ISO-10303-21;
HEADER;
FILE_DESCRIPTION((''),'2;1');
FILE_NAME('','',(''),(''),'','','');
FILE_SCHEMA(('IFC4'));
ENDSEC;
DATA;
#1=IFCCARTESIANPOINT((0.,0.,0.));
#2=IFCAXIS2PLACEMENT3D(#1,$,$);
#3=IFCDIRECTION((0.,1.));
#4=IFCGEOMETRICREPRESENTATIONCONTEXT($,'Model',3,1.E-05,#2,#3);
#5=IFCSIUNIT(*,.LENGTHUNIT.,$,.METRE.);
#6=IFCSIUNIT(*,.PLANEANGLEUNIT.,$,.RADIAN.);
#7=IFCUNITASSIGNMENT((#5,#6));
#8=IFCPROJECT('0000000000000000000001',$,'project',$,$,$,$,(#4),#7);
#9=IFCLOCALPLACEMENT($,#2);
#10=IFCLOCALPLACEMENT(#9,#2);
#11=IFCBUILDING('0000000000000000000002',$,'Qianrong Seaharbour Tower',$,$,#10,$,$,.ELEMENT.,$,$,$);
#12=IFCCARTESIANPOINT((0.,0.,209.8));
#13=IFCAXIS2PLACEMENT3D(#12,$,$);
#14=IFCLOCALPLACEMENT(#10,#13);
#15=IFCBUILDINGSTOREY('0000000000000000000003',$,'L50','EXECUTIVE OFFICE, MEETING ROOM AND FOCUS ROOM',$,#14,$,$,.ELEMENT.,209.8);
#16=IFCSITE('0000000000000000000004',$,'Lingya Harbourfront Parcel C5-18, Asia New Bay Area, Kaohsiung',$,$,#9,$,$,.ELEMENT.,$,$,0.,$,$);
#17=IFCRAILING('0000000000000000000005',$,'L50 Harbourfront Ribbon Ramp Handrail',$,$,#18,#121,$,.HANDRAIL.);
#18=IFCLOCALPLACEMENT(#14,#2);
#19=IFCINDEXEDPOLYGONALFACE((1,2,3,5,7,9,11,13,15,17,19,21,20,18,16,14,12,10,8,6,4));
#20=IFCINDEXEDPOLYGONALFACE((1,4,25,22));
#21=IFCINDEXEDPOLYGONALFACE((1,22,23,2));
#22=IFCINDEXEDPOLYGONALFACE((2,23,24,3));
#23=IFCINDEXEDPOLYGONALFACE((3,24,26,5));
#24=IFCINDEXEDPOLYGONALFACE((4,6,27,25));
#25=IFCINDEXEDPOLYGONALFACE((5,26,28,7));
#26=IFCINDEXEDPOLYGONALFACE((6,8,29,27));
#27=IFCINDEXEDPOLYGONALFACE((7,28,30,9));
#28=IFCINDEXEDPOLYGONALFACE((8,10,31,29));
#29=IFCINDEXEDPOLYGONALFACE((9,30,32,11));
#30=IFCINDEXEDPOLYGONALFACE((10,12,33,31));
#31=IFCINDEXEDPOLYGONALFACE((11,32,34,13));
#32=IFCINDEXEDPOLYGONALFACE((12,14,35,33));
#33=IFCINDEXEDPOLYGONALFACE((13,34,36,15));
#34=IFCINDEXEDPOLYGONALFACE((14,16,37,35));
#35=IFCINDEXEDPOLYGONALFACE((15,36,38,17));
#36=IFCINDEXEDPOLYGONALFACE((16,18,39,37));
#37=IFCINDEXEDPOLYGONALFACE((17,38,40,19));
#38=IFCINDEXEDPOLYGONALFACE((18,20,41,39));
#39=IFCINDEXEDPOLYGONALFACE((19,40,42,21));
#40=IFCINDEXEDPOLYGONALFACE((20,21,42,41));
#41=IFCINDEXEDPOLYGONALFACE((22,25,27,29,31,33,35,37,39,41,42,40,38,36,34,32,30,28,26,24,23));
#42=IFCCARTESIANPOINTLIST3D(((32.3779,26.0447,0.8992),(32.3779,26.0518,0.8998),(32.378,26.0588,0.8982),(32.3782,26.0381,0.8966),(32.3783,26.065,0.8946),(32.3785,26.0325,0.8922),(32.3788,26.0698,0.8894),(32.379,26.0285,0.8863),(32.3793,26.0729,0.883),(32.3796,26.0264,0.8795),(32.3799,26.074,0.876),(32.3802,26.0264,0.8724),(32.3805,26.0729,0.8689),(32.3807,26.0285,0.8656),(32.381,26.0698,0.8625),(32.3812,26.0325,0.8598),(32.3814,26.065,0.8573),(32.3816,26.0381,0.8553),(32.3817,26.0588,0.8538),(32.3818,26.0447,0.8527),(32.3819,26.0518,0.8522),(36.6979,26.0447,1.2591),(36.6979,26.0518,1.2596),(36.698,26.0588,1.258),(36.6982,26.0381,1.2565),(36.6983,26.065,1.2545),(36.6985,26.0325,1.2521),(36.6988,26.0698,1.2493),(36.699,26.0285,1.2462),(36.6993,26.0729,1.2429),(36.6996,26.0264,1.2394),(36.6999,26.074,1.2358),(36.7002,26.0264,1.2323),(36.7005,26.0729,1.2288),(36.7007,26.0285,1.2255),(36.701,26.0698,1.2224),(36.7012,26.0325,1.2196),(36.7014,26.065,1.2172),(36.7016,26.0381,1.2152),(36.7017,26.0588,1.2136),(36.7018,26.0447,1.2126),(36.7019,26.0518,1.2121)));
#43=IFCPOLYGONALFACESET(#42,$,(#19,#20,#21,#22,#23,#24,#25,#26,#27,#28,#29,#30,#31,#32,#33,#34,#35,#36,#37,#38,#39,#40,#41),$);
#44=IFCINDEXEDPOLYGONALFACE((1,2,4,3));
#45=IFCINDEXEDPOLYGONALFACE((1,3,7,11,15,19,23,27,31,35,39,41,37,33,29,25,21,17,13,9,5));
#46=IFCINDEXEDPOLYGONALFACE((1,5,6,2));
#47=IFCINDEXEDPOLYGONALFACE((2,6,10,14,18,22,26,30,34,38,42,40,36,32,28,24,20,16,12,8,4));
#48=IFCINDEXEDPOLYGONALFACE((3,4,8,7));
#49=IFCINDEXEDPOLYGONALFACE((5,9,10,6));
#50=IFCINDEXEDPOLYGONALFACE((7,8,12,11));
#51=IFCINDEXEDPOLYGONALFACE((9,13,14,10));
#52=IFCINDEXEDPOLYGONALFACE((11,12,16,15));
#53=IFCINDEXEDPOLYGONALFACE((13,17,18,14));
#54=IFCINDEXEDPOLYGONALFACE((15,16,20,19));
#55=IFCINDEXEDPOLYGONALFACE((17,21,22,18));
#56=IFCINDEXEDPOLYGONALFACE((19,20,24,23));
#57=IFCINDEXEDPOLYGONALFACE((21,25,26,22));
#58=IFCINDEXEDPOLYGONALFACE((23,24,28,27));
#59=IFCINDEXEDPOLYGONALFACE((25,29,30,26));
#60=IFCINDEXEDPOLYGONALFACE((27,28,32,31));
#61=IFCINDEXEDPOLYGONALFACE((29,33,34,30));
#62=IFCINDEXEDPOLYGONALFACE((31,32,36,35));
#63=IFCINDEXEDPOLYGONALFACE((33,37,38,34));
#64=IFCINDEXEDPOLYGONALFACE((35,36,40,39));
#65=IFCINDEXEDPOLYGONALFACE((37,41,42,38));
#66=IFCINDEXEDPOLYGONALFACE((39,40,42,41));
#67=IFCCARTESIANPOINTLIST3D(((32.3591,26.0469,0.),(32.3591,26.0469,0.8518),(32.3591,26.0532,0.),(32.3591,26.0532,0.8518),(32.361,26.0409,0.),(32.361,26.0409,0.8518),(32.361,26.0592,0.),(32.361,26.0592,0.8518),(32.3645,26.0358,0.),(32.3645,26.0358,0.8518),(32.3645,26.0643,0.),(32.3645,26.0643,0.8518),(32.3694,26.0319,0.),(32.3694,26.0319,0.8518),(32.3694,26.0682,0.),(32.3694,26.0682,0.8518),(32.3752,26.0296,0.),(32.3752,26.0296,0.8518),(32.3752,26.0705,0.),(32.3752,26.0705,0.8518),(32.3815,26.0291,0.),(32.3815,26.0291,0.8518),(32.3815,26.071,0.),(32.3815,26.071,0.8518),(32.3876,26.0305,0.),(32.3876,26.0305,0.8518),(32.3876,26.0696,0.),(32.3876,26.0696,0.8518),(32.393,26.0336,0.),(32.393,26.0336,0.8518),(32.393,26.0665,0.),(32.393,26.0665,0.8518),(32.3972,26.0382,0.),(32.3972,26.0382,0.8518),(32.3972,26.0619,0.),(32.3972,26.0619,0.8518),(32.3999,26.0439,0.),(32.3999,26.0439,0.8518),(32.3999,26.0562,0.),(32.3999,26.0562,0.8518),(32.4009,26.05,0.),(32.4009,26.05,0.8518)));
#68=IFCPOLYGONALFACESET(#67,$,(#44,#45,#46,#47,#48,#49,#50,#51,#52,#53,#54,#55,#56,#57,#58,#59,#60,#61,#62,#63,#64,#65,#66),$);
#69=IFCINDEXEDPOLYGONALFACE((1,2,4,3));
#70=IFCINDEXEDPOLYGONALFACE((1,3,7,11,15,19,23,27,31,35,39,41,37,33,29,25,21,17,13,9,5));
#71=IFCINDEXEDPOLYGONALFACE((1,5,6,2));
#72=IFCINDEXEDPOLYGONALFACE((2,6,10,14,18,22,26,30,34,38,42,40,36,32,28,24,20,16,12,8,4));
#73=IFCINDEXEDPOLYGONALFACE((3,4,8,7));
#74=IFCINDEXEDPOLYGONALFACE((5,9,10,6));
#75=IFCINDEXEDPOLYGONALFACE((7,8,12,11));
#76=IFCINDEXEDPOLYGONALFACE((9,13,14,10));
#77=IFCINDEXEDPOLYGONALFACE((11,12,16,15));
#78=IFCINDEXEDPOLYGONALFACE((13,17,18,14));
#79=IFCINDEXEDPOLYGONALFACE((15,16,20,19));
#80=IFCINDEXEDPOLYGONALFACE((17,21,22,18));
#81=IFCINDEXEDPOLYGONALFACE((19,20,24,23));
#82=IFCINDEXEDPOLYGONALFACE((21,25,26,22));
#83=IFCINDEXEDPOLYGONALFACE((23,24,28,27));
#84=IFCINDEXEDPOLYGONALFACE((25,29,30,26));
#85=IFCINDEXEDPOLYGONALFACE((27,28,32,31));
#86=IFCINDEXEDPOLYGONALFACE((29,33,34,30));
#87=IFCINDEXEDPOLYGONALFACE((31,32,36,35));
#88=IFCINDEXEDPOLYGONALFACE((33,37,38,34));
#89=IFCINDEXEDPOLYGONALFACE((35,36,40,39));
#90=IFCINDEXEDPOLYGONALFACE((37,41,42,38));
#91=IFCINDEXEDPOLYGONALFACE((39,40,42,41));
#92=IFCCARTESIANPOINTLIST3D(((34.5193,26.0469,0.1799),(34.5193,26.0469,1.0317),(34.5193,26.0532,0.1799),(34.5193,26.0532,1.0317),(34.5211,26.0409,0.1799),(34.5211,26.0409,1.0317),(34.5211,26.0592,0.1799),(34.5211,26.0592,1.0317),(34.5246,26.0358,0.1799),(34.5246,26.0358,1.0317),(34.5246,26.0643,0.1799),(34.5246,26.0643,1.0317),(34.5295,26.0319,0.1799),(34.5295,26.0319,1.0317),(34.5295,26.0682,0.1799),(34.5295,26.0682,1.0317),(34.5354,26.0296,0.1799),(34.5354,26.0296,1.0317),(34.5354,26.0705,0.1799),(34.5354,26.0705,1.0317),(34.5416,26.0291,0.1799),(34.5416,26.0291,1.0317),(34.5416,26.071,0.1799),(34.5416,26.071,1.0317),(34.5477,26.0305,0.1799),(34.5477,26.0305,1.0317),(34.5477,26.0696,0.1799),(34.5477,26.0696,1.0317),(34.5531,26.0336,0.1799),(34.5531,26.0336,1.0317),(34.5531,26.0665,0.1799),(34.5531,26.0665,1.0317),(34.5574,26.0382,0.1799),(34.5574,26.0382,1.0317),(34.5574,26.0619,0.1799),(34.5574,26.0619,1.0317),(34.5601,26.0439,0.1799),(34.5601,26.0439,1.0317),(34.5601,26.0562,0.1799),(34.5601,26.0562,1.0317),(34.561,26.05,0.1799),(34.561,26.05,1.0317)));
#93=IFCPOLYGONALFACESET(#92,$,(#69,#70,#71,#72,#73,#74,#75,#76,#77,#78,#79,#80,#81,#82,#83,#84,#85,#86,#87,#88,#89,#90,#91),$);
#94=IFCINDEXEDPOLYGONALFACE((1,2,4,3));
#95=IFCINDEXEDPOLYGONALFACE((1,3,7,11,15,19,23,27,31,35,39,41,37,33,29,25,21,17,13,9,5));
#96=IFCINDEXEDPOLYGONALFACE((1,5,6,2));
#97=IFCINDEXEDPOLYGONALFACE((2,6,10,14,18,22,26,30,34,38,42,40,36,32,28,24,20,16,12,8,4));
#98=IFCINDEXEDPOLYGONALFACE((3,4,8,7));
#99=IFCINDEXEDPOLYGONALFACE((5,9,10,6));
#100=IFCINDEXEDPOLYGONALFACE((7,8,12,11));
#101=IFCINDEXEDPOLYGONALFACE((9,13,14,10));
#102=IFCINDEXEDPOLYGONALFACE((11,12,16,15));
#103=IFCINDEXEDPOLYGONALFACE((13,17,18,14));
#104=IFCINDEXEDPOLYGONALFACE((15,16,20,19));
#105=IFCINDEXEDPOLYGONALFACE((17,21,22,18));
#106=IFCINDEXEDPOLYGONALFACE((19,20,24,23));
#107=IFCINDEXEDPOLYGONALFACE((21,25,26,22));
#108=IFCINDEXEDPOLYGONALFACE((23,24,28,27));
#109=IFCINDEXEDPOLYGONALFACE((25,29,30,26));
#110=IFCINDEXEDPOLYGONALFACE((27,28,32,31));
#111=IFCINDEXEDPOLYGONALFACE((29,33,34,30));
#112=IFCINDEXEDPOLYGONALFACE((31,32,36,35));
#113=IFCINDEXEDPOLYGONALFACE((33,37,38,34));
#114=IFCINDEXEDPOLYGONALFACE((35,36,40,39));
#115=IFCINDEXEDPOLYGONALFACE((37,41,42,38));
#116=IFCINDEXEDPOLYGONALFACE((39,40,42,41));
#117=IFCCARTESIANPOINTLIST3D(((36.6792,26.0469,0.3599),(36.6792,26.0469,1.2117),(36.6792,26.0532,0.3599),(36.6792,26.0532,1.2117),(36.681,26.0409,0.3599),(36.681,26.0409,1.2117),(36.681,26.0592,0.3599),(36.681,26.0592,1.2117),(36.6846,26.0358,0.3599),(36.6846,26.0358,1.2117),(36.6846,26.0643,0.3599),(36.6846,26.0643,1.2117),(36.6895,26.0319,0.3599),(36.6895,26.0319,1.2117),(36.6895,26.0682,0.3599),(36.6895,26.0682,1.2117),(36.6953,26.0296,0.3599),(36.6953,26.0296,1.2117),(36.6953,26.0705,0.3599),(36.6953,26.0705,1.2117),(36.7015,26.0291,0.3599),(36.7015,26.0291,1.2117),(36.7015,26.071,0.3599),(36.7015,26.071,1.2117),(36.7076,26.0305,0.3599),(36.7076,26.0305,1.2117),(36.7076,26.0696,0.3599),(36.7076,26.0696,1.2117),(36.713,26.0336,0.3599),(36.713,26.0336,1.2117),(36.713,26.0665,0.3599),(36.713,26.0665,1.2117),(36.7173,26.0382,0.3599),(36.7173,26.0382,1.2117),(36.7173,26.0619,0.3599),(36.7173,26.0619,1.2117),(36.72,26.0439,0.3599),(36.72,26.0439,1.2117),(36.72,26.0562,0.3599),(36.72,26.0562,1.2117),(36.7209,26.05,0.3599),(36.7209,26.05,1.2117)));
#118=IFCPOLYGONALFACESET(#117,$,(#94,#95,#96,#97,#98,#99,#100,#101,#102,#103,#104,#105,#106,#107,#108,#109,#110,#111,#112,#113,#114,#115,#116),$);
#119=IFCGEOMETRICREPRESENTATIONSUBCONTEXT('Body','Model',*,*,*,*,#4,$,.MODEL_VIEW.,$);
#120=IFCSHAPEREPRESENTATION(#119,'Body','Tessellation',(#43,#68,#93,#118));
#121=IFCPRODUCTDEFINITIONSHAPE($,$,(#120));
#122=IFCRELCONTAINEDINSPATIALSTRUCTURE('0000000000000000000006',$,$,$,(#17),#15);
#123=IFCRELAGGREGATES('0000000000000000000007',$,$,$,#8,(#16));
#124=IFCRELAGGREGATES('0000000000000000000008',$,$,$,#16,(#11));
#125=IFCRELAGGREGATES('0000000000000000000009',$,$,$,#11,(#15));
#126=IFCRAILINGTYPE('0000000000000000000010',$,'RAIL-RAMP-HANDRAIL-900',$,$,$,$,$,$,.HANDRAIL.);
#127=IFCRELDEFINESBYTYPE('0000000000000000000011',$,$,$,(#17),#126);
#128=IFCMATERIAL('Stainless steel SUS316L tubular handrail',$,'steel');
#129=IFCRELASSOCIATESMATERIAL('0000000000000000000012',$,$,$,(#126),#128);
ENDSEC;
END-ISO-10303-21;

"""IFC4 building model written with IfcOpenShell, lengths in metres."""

from ifc_helpers import new_model, si_unit, direction, frame, origin, origin_2d, place, context, subcontext, project, spatial, circle, extrude, material, type_object, element, save


model = new_model("IFC4")

# Units and contexts
model_context = context("Model", 3, precision=1e-05, world=origin(), true_north=direction((0.0, 1.0)))
body_context = subcontext(model_context, "Body", "Model", "MODEL_VIEW")
ifc_project = project(units=[si_unit("LENGTHUNIT", "METRE"), si_unit("PLANEANGLEUNIT", "RADIAN")], contexts=[model_context])

# Site, building, storey
site_placement = place(None, origin())
site = spatial("IfcSite", under=ifc_project, at=site_placement, Name="Lingya Harbourfront Parcel C5-18, Asia New Bay Area, Kaohsiung", CompositionType="ELEMENT", RefElevation=0.0)
building_placement = place(site_placement, origin())
building = spatial("IfcBuilding", under=site, at=building_placement, Name="Qianrong Seaharbour Tower", CompositionType="ELEMENT")
storey_placement = place(building_placement, frame((0.0, 0.0, 209.8)))
storey = spatial("IfcBuildingStorey", under=building, at=storey_placement, Name="L50", Description="EXECUTIVE OFFICE, MEETING ROOM AND FOCUS ROOM", CompositionType="ELEMENT", Elevation=209.8)

# Railing
ifc_material_1 = material(Name="Stainless steel SUS316L tubular handrail", Category="steel")
railing_type = type_object("IfcRailingType", Name="RAIL-RAMP-HANDRAIL-900", PredefinedType="HANDRAIL", material=ifc_material_1)
railing_placement = place(storey_placement, frame((32.3799, 26.05, 0.0)))
element("IfcRailing", 1, at=railing_placement, inside=storey, type_object=railing_type, Name="L50 Harbourfront Ribbon Ramp Handrail", PredefinedType="HANDRAIL", context=body_context, shape_type="SweptSolid", body=[
    extrude(circle(Radius=0.0239, at=origin_2d()), frame((0.0, 0.0, 0.876), z_axis=(0.996548, 0.0, 0.083013), x_axis=(0.0, 1.0, 0.0)), (0.0, 0.0, 1.0), 4.335),
    extrude(circle(Radius=0.021, at=origin_2d()), origin(), (0.0, 0.0, 1.0), 0.8518),
    extrude(circle(Radius=0.021, at=origin_2d()), frame((2.1602, 0.0, 0.1799)), (0.0, 0.0, 1.0), 0.8518),
    extrude(circle(Radius=0.021, at=origin_2d()), frame((4.3201, 0.0, 0.3599)), (0.0, 0.0, 1.0), 0.8518),
])

save(model, "model.ifc")
